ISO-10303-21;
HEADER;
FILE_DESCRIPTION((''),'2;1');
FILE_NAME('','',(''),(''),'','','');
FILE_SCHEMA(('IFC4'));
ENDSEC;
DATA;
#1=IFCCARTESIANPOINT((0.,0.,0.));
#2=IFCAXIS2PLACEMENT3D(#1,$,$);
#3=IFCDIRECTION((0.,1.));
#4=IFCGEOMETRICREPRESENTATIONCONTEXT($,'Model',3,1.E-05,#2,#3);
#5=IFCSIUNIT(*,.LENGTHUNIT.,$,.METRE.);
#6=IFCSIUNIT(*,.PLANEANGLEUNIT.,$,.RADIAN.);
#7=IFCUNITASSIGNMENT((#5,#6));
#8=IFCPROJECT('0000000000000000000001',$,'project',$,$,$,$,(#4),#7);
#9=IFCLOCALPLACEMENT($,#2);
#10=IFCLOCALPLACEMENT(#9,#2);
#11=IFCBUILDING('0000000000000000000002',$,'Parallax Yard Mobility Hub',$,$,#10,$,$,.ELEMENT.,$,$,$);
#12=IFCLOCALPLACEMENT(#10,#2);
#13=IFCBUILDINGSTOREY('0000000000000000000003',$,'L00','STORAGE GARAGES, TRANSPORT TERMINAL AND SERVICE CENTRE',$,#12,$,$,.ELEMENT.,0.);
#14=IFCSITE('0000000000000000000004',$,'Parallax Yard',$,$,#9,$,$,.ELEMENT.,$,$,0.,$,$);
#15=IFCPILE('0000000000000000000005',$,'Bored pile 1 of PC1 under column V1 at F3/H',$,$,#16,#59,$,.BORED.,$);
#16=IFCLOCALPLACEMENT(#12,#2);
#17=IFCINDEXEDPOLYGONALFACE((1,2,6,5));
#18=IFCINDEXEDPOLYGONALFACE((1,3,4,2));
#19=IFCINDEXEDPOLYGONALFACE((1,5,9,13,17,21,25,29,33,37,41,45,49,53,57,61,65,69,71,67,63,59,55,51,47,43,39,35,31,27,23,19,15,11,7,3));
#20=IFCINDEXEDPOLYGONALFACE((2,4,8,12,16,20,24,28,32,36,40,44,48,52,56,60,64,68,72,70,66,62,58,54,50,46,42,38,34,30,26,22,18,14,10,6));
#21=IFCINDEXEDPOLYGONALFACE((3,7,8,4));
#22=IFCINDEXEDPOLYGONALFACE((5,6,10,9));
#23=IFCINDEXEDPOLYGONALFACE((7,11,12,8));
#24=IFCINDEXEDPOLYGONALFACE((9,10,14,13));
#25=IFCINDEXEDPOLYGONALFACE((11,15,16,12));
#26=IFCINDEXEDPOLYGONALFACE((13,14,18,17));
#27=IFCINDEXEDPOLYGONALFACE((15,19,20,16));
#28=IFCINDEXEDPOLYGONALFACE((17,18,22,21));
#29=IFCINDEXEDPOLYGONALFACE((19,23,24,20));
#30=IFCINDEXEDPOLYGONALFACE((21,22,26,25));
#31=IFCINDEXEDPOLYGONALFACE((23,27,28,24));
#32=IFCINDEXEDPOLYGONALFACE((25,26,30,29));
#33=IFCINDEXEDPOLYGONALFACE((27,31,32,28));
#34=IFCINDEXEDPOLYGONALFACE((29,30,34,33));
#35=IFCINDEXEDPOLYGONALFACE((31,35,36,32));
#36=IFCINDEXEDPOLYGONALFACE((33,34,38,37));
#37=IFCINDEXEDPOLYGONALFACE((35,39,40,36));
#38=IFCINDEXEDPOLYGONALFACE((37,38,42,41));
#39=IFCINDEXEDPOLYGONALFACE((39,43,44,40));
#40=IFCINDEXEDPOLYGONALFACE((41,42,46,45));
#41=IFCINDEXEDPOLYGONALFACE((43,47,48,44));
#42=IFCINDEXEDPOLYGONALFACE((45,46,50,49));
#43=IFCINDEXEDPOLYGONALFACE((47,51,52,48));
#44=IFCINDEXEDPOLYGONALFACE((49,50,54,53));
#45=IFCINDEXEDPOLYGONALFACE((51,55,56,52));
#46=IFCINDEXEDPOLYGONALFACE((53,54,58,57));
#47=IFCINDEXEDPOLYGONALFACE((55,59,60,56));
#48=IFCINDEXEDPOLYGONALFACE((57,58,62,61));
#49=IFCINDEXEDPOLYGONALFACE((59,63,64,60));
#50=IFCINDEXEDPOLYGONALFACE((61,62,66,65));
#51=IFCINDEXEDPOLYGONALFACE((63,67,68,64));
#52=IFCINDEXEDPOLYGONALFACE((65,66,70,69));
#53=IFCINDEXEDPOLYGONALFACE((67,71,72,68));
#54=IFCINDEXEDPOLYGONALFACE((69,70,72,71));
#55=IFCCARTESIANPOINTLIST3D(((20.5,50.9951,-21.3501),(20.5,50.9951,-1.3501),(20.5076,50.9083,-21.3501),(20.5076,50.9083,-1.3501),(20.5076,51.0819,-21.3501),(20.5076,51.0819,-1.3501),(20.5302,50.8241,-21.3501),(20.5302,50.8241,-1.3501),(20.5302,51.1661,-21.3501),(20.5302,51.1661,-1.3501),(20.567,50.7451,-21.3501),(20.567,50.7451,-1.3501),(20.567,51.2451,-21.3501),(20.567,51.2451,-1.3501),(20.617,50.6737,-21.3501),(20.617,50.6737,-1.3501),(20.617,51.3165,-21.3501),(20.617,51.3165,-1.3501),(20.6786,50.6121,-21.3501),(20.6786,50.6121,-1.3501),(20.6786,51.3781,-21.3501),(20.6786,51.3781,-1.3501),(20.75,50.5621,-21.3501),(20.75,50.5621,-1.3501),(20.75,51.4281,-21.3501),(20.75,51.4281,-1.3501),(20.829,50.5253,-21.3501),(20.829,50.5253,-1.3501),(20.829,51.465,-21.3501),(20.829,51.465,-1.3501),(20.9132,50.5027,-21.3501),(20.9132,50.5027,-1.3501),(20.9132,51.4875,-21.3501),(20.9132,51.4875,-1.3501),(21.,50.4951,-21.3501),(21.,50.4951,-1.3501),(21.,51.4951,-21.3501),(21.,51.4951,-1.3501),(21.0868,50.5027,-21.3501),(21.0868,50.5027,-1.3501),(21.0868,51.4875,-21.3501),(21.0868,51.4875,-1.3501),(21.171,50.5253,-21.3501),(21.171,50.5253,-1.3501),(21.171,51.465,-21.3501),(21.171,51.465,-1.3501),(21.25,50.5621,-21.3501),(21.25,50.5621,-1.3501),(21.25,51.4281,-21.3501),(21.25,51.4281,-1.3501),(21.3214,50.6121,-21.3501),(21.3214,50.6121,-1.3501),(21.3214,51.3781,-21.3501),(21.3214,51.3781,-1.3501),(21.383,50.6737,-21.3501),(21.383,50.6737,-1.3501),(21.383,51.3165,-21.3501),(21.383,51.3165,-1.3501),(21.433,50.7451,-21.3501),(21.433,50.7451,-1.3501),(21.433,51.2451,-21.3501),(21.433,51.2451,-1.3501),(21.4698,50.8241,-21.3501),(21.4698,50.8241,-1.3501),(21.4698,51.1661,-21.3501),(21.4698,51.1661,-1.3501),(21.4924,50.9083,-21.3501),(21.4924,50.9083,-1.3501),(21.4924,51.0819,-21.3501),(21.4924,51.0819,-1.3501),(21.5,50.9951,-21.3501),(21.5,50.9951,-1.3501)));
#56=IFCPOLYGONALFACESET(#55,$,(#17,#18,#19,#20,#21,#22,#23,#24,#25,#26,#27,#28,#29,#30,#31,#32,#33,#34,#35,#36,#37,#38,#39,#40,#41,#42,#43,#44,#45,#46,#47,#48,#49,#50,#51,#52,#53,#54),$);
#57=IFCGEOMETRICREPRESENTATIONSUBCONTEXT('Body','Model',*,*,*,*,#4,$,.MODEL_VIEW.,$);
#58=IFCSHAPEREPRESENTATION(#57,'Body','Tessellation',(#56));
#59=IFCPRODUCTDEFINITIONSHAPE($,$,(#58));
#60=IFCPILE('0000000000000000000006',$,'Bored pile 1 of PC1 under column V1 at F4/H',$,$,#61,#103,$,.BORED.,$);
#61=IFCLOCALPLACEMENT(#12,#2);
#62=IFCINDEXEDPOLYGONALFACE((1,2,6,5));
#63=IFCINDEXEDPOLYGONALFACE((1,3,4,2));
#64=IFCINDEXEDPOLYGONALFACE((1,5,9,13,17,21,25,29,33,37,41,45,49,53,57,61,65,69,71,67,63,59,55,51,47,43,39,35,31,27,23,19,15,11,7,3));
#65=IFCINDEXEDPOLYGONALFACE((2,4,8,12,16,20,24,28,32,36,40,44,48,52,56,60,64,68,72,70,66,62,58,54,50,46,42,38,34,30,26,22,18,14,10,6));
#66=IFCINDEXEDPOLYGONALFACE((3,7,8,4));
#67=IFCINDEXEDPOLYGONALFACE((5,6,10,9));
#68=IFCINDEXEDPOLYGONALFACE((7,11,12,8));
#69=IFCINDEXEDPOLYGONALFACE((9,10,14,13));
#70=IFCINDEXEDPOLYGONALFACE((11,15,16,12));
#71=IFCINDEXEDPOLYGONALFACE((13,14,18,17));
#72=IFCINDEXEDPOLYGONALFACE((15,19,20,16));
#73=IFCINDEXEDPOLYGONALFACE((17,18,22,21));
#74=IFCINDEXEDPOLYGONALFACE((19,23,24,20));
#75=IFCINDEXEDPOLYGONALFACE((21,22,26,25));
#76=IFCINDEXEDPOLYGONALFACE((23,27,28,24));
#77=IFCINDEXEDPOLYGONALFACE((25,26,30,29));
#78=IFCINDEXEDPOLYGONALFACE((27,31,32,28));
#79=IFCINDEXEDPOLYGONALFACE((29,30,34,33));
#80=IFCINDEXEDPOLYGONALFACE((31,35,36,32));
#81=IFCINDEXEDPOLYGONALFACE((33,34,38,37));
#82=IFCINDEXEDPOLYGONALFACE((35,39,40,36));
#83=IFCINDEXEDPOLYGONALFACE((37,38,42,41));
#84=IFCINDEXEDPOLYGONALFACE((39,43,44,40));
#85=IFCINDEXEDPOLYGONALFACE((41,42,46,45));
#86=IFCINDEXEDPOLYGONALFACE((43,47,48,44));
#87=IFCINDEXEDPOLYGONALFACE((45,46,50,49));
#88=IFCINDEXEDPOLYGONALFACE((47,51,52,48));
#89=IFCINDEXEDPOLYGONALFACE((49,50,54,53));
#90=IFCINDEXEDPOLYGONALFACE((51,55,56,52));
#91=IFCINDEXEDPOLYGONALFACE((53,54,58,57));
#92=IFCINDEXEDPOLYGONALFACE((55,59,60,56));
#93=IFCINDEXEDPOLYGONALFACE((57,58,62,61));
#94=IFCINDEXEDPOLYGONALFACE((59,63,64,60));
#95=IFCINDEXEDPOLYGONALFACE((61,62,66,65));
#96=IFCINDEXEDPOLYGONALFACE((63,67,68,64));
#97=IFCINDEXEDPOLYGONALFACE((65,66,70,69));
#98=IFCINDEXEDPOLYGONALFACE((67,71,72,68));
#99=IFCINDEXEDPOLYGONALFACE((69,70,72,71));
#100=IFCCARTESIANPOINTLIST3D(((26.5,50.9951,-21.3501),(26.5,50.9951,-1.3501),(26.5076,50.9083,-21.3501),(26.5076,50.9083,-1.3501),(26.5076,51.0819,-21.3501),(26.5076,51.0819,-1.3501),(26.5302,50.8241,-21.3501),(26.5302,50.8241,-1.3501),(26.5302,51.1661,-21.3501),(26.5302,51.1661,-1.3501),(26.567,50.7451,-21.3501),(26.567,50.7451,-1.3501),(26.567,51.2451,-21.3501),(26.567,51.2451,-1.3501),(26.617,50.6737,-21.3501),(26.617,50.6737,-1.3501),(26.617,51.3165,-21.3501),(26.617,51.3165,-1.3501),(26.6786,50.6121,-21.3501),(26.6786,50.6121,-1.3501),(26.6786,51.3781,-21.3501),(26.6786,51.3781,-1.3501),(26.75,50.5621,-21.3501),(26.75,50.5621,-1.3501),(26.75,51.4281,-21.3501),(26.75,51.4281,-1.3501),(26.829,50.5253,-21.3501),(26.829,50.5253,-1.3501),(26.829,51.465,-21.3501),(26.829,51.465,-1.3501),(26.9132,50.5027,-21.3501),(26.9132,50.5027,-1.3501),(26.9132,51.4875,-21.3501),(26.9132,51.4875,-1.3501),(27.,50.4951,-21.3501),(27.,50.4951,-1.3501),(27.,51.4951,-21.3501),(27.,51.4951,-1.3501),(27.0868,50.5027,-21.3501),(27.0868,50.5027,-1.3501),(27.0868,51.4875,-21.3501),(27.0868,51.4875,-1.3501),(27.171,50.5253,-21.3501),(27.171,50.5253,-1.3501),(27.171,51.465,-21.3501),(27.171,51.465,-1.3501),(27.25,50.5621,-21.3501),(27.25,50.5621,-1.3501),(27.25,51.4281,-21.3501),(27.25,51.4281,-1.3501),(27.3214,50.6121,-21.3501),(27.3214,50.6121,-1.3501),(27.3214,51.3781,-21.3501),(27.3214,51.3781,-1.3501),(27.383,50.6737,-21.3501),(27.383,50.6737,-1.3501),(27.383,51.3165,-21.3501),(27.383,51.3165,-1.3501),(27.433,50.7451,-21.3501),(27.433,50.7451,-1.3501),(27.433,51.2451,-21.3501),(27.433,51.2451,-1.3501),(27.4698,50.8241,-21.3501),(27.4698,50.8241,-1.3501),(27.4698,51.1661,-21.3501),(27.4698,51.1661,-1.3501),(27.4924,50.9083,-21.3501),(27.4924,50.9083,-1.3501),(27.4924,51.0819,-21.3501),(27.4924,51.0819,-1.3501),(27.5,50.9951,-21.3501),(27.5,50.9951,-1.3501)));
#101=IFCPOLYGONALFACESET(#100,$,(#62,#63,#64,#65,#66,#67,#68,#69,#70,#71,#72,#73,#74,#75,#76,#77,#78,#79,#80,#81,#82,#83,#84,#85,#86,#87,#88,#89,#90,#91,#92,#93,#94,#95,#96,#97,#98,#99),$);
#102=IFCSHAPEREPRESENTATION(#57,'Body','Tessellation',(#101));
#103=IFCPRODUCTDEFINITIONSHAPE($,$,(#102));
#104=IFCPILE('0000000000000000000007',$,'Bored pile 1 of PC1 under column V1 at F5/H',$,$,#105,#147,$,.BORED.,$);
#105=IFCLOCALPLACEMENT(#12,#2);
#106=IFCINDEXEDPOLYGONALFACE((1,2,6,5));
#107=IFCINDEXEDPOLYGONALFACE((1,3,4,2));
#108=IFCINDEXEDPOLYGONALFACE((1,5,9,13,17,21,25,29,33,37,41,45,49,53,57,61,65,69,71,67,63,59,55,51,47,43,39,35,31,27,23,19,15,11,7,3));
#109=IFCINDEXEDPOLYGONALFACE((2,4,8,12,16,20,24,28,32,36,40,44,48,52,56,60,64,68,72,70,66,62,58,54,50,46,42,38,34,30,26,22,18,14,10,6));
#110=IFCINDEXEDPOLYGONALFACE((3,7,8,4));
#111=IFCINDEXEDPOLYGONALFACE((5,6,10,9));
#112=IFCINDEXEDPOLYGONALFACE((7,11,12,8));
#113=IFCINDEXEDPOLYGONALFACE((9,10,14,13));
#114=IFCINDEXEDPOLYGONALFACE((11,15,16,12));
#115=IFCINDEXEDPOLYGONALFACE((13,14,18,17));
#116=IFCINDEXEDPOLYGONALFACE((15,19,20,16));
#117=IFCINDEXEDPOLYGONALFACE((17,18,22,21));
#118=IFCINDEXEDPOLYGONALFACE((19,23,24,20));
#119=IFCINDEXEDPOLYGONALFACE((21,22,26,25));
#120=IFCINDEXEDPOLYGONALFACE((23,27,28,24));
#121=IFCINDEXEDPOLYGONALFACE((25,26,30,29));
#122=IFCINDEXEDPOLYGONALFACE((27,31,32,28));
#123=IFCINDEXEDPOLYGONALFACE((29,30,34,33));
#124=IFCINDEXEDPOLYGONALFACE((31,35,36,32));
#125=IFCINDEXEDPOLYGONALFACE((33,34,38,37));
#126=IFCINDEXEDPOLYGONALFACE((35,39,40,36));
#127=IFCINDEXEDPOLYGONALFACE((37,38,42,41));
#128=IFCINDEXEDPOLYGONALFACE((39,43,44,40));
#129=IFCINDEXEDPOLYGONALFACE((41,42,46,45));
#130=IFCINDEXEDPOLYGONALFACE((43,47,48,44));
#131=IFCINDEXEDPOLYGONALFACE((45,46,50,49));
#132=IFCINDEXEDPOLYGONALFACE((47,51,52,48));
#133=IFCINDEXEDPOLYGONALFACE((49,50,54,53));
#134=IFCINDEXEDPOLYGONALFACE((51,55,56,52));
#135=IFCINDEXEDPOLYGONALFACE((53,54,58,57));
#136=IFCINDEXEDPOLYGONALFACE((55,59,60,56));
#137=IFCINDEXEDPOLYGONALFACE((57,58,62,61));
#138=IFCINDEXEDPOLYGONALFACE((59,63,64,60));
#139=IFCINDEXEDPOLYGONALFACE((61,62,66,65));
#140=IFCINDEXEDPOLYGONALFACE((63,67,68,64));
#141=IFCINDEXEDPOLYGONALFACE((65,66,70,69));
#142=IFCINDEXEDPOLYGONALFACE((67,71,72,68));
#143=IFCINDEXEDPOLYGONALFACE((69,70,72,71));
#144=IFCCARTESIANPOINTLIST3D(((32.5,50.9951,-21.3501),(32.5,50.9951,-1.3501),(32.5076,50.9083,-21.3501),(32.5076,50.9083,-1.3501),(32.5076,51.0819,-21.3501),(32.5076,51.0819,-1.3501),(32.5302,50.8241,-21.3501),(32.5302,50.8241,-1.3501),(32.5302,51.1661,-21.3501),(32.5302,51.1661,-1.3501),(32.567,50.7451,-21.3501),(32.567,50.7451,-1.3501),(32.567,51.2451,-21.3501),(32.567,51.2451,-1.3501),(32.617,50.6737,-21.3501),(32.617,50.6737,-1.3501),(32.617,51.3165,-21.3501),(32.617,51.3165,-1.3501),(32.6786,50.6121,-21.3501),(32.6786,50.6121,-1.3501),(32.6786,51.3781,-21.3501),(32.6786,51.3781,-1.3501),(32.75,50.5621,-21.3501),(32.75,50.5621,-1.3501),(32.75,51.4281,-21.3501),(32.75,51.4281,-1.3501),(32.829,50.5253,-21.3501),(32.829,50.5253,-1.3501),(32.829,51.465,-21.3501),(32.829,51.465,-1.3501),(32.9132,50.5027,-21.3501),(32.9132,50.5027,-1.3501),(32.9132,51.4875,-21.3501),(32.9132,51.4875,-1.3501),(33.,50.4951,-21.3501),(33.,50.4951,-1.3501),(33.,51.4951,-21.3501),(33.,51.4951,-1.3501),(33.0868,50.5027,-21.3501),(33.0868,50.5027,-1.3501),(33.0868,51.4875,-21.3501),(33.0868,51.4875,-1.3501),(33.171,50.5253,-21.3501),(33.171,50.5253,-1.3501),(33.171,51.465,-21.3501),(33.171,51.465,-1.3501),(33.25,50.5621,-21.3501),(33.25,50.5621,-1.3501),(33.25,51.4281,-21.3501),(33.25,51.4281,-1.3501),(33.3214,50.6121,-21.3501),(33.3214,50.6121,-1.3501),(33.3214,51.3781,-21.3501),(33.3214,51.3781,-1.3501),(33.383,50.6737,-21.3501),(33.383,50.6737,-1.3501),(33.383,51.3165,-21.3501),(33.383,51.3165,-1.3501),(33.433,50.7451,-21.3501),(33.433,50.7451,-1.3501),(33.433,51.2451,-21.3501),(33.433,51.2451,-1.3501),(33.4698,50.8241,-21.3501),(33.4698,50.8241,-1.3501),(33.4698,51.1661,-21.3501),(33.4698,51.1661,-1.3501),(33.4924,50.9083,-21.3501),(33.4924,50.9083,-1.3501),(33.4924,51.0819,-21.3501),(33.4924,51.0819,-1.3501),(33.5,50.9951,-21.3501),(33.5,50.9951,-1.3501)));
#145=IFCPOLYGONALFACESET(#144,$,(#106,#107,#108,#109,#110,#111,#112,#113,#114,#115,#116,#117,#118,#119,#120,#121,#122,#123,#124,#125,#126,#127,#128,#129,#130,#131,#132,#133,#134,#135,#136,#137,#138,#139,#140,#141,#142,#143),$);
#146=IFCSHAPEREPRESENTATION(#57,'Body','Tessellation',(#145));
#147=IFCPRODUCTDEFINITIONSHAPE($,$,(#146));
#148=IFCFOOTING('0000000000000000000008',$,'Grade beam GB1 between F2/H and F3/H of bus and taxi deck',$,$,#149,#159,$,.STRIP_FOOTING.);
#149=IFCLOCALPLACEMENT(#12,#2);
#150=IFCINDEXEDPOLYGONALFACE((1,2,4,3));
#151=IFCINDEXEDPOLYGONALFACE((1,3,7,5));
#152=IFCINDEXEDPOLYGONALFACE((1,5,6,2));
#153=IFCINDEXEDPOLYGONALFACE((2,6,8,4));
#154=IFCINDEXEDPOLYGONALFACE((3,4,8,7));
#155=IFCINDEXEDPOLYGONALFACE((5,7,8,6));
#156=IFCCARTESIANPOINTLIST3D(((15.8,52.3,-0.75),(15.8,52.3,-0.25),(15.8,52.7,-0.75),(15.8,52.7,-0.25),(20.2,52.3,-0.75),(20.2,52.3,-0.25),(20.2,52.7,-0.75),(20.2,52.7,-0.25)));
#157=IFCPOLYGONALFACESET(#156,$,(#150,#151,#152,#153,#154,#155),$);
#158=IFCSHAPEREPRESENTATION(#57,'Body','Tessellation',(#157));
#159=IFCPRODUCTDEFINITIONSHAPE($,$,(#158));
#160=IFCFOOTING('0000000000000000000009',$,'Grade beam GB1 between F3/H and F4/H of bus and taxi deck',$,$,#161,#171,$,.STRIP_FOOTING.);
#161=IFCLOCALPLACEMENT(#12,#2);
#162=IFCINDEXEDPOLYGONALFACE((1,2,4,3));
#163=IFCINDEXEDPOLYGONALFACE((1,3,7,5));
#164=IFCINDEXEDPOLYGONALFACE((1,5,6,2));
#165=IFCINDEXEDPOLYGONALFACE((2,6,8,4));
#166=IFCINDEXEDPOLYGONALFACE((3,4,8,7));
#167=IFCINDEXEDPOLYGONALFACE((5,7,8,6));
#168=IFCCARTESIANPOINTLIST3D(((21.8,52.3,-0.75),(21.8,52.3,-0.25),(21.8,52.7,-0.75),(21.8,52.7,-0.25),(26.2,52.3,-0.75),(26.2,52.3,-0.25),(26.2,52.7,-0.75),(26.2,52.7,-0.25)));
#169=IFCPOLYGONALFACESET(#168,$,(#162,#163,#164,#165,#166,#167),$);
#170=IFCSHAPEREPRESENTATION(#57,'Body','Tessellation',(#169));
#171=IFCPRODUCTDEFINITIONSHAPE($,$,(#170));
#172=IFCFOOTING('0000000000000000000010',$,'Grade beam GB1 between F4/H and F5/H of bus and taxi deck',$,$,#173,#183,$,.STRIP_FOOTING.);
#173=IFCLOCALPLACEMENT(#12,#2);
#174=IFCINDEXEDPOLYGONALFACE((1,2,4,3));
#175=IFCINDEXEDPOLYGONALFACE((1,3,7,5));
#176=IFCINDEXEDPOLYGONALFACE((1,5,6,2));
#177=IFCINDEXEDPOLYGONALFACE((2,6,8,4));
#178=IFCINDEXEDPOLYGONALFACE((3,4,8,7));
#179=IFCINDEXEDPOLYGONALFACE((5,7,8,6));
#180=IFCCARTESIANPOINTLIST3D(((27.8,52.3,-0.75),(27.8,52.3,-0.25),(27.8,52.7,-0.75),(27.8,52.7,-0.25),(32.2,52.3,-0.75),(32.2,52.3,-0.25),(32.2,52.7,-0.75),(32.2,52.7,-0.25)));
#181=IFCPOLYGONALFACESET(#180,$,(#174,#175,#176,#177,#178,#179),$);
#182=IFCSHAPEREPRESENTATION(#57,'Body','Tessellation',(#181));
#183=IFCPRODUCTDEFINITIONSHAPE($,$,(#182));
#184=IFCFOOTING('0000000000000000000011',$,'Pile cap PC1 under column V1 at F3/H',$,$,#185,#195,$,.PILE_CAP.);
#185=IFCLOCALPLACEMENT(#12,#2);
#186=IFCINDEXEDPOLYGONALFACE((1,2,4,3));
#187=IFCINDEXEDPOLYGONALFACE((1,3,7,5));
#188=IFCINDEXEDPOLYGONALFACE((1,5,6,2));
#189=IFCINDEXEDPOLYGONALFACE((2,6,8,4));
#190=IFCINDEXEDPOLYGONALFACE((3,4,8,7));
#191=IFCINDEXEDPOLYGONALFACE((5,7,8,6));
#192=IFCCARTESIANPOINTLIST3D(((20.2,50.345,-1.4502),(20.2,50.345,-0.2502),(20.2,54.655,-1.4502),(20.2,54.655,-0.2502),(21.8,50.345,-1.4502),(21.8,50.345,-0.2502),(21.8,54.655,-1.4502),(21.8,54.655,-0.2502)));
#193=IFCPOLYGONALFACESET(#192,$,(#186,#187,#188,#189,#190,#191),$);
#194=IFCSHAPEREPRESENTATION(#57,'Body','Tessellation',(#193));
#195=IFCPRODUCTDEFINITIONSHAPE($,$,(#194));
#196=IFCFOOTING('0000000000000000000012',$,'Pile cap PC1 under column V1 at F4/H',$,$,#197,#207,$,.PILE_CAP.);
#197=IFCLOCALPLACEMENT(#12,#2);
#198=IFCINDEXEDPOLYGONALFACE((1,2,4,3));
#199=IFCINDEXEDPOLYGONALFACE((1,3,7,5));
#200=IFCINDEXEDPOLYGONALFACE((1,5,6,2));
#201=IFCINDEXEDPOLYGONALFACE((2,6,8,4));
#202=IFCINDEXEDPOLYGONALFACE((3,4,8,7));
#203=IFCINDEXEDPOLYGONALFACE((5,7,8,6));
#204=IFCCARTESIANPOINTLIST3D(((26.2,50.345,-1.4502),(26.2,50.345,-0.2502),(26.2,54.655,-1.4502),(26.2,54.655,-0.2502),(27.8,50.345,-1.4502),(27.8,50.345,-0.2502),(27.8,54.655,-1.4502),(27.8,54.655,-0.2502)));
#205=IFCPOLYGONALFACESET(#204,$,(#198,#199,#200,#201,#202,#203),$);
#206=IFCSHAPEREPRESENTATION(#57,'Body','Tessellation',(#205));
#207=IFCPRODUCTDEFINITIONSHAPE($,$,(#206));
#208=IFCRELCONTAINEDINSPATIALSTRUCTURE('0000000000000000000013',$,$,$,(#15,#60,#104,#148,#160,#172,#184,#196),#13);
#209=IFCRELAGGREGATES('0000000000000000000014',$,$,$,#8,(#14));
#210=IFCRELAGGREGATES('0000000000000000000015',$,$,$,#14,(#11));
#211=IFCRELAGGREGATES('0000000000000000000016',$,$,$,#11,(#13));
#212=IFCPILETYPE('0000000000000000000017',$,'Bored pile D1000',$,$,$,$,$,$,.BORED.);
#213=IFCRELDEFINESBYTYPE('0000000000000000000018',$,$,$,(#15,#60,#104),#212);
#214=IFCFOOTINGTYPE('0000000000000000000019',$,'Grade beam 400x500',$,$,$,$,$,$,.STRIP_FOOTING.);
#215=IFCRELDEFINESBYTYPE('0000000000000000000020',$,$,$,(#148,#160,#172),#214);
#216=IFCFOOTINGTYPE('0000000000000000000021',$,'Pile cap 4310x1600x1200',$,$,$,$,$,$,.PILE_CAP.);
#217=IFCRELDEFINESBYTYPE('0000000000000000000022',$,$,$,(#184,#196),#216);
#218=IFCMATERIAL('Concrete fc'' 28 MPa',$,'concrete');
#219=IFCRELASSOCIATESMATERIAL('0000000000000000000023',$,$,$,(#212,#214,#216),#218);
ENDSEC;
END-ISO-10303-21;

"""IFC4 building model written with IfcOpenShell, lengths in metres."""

from ifc_helpers import new_model, si_unit, direction, frame, origin, origin_2d, place, context, subcontext, project, spatial, rectangle, circle, extrude, material, material_profile, profile_set, type_object, element, save


model = new_model("IFC4")

# Units and contexts
model_context = context("Model", 3, precision=1e-05, world=origin(), true_north=direction((0.0, 1.0)))
body_context = subcontext(model_context, "Body", "Model", "MODEL_VIEW")
ifc_project = project(units=[si_unit("LENGTHUNIT", "METRE"), si_unit("PLANEANGLEUNIT", "RADIAN")], contexts=[model_context])

# Site, building, storey
site_placement = place(None, origin())
site = spatial("IfcSite", under=ifc_project, at=site_placement, Name="Parallax Yard", CompositionType="ELEMENT", RefElevation=0.0)
building_placement = place(site_placement, origin())
building = spatial("IfcBuilding", under=site, at=building_placement, Name="Parallax Yard Mobility Hub", CompositionType="ELEMENT")
storey_placement = place(building_placement, origin())
storey = spatial("IfcBuildingStorey", under=building, at=storey_placement, Name="L00", Description="STORAGE GARAGES, TRANSPORT TERMINAL AND SERVICE CENTRE", CompositionType="ELEMENT", Elevation=0.0)

# Piles
ifc_material_1 = material(Name="Concrete fc' 28 MPa", Category="concrete")
ifc_material_profile_1 = material_profile(ifc_material_1, circle(Radius=0.5, at=origin_2d()), Name="Bored pile D1000")
ifc_profile_set_1 = profile_set([ifc_material_profile_1], Name="Concrete fc' 28 MPa")
pile_type = type_object("IfcPileType", Name="Bored pile D1000", PredefinedType="BORED", material=ifc_profile_set_1)
for number, where, z_axis, x_axis, name in (
    (1, (21.0, 50.9951, -1.3501), (0.0, 0.0, -1.0), (1.0, 0.0, 0.0), "Bored pile 1 of PC1 under column V1 at F3/H"),
    (2, (27.0, 50.9951, -1.3501), (0.0, 0.0, -1.0), (1.0, 0.0, 0.0), "Bored pile 1 of PC1 under column V1 at F4/H"),
    (3, (33.0, 50.9951, -1.3501), (0.0, 0.0, -1.0), (1.0, 0.0, 0.0), "Bored pile 1 of PC1 under column V1 at F5/H"),
):
    element("IfcPile", number, at=place(storey_placement, frame(where, z_axis=z_axis, x_axis=x_axis)), inside=storey, type_object=pile_type, Name=name, PredefinedType="BORED", context=body_context, shape_type="SweptSolid", body=[
        extrude(circle(Radius=0.5, at=origin_2d()), origin(), (0.0, 0.0, 1.0), 20.0),
    ])

# Footings
ifc_material_profile_2 = material_profile(ifc_material_1, rectangle(XDim=0.3999, YDim=0.5, at=origin_2d()), Name="Grade beam 400x500")
ifc_profile_set_2 = profile_set([ifc_material_profile_2], Name="Concrete fc' 28 MPa")
footing_type_1 = type_object("IfcFootingType", Name="Grade beam 400x500", PredefinedType="STRIP_FOOTING", material=ifc_profile_set_2)
for number, where, z_axis, x_axis, name in (
    (4, (15.8, 52.5, -0.5), (1.0, 0.0, 0.0), (0.0, 1.0, 0.0), "Grade beam GB1 between F2/H and F3/H of bus and taxi deck"),
    (5, (21.8, 52.5, -0.5), (1.0, 0.0, 0.0), (0.0, 1.0, 0.0), "Grade beam GB1 between F3/H and F4/H of bus and taxi deck"),
    (6, (27.8, 52.5, -0.5), (1.0, 0.0, 0.0), (0.0, 1.0, 0.0), "Grade beam GB1 between F4/H and F5/H of bus and taxi deck"),
):
    element("IfcFooting", number, at=place(storey_placement, frame(where, z_axis=z_axis, x_axis=x_axis)), inside=storey, type_object=footing_type_1, Name=name, PredefinedType="STRIP_FOOTING", context=body_context, shape_type="SweptSolid", body=[
        extrude(rectangle(XDim=0.3999, YDim=0.5, at=origin_2d()), origin(), (0.0, 0.0, 1.0), 4.3999),
    ])
footing_type_2 = type_object("IfcFootingType", Name="Pile cap 4310x1600x1200", PredefinedType="PILE_CAP", material=ifc_material_1)
for number, where, z_axis, x_axis, name in (
    (7, (21.0, 52.5, -1.4502), (0.0, 0.0, 1.0), (0.0, 1.0, 0.0), "Pile cap PC1 under column V1 at F3/H"),
    (8, (27.0, 52.5, -1.4502), (0.0, 0.0, 1.0), (0.0, 1.0, 0.0), "Pile cap PC1 under column V1 at F4/H"),
):
    element("IfcFooting", number, at=place(storey_placement, frame(where, z_axis=z_axis, x_axis=x_axis)), inside=storey, type_object=footing_type_2, Name=name, PredefinedType="PILE_CAP", context=body_context, shape_type="SweptSolid", body=[
        extrude(rectangle(XDim=4.3101, YDim=1.6001, at=origin_2d()), origin(), (0.0, 0.0, 1.0), 1.2),
    ])

save(model, "model.ifc")
